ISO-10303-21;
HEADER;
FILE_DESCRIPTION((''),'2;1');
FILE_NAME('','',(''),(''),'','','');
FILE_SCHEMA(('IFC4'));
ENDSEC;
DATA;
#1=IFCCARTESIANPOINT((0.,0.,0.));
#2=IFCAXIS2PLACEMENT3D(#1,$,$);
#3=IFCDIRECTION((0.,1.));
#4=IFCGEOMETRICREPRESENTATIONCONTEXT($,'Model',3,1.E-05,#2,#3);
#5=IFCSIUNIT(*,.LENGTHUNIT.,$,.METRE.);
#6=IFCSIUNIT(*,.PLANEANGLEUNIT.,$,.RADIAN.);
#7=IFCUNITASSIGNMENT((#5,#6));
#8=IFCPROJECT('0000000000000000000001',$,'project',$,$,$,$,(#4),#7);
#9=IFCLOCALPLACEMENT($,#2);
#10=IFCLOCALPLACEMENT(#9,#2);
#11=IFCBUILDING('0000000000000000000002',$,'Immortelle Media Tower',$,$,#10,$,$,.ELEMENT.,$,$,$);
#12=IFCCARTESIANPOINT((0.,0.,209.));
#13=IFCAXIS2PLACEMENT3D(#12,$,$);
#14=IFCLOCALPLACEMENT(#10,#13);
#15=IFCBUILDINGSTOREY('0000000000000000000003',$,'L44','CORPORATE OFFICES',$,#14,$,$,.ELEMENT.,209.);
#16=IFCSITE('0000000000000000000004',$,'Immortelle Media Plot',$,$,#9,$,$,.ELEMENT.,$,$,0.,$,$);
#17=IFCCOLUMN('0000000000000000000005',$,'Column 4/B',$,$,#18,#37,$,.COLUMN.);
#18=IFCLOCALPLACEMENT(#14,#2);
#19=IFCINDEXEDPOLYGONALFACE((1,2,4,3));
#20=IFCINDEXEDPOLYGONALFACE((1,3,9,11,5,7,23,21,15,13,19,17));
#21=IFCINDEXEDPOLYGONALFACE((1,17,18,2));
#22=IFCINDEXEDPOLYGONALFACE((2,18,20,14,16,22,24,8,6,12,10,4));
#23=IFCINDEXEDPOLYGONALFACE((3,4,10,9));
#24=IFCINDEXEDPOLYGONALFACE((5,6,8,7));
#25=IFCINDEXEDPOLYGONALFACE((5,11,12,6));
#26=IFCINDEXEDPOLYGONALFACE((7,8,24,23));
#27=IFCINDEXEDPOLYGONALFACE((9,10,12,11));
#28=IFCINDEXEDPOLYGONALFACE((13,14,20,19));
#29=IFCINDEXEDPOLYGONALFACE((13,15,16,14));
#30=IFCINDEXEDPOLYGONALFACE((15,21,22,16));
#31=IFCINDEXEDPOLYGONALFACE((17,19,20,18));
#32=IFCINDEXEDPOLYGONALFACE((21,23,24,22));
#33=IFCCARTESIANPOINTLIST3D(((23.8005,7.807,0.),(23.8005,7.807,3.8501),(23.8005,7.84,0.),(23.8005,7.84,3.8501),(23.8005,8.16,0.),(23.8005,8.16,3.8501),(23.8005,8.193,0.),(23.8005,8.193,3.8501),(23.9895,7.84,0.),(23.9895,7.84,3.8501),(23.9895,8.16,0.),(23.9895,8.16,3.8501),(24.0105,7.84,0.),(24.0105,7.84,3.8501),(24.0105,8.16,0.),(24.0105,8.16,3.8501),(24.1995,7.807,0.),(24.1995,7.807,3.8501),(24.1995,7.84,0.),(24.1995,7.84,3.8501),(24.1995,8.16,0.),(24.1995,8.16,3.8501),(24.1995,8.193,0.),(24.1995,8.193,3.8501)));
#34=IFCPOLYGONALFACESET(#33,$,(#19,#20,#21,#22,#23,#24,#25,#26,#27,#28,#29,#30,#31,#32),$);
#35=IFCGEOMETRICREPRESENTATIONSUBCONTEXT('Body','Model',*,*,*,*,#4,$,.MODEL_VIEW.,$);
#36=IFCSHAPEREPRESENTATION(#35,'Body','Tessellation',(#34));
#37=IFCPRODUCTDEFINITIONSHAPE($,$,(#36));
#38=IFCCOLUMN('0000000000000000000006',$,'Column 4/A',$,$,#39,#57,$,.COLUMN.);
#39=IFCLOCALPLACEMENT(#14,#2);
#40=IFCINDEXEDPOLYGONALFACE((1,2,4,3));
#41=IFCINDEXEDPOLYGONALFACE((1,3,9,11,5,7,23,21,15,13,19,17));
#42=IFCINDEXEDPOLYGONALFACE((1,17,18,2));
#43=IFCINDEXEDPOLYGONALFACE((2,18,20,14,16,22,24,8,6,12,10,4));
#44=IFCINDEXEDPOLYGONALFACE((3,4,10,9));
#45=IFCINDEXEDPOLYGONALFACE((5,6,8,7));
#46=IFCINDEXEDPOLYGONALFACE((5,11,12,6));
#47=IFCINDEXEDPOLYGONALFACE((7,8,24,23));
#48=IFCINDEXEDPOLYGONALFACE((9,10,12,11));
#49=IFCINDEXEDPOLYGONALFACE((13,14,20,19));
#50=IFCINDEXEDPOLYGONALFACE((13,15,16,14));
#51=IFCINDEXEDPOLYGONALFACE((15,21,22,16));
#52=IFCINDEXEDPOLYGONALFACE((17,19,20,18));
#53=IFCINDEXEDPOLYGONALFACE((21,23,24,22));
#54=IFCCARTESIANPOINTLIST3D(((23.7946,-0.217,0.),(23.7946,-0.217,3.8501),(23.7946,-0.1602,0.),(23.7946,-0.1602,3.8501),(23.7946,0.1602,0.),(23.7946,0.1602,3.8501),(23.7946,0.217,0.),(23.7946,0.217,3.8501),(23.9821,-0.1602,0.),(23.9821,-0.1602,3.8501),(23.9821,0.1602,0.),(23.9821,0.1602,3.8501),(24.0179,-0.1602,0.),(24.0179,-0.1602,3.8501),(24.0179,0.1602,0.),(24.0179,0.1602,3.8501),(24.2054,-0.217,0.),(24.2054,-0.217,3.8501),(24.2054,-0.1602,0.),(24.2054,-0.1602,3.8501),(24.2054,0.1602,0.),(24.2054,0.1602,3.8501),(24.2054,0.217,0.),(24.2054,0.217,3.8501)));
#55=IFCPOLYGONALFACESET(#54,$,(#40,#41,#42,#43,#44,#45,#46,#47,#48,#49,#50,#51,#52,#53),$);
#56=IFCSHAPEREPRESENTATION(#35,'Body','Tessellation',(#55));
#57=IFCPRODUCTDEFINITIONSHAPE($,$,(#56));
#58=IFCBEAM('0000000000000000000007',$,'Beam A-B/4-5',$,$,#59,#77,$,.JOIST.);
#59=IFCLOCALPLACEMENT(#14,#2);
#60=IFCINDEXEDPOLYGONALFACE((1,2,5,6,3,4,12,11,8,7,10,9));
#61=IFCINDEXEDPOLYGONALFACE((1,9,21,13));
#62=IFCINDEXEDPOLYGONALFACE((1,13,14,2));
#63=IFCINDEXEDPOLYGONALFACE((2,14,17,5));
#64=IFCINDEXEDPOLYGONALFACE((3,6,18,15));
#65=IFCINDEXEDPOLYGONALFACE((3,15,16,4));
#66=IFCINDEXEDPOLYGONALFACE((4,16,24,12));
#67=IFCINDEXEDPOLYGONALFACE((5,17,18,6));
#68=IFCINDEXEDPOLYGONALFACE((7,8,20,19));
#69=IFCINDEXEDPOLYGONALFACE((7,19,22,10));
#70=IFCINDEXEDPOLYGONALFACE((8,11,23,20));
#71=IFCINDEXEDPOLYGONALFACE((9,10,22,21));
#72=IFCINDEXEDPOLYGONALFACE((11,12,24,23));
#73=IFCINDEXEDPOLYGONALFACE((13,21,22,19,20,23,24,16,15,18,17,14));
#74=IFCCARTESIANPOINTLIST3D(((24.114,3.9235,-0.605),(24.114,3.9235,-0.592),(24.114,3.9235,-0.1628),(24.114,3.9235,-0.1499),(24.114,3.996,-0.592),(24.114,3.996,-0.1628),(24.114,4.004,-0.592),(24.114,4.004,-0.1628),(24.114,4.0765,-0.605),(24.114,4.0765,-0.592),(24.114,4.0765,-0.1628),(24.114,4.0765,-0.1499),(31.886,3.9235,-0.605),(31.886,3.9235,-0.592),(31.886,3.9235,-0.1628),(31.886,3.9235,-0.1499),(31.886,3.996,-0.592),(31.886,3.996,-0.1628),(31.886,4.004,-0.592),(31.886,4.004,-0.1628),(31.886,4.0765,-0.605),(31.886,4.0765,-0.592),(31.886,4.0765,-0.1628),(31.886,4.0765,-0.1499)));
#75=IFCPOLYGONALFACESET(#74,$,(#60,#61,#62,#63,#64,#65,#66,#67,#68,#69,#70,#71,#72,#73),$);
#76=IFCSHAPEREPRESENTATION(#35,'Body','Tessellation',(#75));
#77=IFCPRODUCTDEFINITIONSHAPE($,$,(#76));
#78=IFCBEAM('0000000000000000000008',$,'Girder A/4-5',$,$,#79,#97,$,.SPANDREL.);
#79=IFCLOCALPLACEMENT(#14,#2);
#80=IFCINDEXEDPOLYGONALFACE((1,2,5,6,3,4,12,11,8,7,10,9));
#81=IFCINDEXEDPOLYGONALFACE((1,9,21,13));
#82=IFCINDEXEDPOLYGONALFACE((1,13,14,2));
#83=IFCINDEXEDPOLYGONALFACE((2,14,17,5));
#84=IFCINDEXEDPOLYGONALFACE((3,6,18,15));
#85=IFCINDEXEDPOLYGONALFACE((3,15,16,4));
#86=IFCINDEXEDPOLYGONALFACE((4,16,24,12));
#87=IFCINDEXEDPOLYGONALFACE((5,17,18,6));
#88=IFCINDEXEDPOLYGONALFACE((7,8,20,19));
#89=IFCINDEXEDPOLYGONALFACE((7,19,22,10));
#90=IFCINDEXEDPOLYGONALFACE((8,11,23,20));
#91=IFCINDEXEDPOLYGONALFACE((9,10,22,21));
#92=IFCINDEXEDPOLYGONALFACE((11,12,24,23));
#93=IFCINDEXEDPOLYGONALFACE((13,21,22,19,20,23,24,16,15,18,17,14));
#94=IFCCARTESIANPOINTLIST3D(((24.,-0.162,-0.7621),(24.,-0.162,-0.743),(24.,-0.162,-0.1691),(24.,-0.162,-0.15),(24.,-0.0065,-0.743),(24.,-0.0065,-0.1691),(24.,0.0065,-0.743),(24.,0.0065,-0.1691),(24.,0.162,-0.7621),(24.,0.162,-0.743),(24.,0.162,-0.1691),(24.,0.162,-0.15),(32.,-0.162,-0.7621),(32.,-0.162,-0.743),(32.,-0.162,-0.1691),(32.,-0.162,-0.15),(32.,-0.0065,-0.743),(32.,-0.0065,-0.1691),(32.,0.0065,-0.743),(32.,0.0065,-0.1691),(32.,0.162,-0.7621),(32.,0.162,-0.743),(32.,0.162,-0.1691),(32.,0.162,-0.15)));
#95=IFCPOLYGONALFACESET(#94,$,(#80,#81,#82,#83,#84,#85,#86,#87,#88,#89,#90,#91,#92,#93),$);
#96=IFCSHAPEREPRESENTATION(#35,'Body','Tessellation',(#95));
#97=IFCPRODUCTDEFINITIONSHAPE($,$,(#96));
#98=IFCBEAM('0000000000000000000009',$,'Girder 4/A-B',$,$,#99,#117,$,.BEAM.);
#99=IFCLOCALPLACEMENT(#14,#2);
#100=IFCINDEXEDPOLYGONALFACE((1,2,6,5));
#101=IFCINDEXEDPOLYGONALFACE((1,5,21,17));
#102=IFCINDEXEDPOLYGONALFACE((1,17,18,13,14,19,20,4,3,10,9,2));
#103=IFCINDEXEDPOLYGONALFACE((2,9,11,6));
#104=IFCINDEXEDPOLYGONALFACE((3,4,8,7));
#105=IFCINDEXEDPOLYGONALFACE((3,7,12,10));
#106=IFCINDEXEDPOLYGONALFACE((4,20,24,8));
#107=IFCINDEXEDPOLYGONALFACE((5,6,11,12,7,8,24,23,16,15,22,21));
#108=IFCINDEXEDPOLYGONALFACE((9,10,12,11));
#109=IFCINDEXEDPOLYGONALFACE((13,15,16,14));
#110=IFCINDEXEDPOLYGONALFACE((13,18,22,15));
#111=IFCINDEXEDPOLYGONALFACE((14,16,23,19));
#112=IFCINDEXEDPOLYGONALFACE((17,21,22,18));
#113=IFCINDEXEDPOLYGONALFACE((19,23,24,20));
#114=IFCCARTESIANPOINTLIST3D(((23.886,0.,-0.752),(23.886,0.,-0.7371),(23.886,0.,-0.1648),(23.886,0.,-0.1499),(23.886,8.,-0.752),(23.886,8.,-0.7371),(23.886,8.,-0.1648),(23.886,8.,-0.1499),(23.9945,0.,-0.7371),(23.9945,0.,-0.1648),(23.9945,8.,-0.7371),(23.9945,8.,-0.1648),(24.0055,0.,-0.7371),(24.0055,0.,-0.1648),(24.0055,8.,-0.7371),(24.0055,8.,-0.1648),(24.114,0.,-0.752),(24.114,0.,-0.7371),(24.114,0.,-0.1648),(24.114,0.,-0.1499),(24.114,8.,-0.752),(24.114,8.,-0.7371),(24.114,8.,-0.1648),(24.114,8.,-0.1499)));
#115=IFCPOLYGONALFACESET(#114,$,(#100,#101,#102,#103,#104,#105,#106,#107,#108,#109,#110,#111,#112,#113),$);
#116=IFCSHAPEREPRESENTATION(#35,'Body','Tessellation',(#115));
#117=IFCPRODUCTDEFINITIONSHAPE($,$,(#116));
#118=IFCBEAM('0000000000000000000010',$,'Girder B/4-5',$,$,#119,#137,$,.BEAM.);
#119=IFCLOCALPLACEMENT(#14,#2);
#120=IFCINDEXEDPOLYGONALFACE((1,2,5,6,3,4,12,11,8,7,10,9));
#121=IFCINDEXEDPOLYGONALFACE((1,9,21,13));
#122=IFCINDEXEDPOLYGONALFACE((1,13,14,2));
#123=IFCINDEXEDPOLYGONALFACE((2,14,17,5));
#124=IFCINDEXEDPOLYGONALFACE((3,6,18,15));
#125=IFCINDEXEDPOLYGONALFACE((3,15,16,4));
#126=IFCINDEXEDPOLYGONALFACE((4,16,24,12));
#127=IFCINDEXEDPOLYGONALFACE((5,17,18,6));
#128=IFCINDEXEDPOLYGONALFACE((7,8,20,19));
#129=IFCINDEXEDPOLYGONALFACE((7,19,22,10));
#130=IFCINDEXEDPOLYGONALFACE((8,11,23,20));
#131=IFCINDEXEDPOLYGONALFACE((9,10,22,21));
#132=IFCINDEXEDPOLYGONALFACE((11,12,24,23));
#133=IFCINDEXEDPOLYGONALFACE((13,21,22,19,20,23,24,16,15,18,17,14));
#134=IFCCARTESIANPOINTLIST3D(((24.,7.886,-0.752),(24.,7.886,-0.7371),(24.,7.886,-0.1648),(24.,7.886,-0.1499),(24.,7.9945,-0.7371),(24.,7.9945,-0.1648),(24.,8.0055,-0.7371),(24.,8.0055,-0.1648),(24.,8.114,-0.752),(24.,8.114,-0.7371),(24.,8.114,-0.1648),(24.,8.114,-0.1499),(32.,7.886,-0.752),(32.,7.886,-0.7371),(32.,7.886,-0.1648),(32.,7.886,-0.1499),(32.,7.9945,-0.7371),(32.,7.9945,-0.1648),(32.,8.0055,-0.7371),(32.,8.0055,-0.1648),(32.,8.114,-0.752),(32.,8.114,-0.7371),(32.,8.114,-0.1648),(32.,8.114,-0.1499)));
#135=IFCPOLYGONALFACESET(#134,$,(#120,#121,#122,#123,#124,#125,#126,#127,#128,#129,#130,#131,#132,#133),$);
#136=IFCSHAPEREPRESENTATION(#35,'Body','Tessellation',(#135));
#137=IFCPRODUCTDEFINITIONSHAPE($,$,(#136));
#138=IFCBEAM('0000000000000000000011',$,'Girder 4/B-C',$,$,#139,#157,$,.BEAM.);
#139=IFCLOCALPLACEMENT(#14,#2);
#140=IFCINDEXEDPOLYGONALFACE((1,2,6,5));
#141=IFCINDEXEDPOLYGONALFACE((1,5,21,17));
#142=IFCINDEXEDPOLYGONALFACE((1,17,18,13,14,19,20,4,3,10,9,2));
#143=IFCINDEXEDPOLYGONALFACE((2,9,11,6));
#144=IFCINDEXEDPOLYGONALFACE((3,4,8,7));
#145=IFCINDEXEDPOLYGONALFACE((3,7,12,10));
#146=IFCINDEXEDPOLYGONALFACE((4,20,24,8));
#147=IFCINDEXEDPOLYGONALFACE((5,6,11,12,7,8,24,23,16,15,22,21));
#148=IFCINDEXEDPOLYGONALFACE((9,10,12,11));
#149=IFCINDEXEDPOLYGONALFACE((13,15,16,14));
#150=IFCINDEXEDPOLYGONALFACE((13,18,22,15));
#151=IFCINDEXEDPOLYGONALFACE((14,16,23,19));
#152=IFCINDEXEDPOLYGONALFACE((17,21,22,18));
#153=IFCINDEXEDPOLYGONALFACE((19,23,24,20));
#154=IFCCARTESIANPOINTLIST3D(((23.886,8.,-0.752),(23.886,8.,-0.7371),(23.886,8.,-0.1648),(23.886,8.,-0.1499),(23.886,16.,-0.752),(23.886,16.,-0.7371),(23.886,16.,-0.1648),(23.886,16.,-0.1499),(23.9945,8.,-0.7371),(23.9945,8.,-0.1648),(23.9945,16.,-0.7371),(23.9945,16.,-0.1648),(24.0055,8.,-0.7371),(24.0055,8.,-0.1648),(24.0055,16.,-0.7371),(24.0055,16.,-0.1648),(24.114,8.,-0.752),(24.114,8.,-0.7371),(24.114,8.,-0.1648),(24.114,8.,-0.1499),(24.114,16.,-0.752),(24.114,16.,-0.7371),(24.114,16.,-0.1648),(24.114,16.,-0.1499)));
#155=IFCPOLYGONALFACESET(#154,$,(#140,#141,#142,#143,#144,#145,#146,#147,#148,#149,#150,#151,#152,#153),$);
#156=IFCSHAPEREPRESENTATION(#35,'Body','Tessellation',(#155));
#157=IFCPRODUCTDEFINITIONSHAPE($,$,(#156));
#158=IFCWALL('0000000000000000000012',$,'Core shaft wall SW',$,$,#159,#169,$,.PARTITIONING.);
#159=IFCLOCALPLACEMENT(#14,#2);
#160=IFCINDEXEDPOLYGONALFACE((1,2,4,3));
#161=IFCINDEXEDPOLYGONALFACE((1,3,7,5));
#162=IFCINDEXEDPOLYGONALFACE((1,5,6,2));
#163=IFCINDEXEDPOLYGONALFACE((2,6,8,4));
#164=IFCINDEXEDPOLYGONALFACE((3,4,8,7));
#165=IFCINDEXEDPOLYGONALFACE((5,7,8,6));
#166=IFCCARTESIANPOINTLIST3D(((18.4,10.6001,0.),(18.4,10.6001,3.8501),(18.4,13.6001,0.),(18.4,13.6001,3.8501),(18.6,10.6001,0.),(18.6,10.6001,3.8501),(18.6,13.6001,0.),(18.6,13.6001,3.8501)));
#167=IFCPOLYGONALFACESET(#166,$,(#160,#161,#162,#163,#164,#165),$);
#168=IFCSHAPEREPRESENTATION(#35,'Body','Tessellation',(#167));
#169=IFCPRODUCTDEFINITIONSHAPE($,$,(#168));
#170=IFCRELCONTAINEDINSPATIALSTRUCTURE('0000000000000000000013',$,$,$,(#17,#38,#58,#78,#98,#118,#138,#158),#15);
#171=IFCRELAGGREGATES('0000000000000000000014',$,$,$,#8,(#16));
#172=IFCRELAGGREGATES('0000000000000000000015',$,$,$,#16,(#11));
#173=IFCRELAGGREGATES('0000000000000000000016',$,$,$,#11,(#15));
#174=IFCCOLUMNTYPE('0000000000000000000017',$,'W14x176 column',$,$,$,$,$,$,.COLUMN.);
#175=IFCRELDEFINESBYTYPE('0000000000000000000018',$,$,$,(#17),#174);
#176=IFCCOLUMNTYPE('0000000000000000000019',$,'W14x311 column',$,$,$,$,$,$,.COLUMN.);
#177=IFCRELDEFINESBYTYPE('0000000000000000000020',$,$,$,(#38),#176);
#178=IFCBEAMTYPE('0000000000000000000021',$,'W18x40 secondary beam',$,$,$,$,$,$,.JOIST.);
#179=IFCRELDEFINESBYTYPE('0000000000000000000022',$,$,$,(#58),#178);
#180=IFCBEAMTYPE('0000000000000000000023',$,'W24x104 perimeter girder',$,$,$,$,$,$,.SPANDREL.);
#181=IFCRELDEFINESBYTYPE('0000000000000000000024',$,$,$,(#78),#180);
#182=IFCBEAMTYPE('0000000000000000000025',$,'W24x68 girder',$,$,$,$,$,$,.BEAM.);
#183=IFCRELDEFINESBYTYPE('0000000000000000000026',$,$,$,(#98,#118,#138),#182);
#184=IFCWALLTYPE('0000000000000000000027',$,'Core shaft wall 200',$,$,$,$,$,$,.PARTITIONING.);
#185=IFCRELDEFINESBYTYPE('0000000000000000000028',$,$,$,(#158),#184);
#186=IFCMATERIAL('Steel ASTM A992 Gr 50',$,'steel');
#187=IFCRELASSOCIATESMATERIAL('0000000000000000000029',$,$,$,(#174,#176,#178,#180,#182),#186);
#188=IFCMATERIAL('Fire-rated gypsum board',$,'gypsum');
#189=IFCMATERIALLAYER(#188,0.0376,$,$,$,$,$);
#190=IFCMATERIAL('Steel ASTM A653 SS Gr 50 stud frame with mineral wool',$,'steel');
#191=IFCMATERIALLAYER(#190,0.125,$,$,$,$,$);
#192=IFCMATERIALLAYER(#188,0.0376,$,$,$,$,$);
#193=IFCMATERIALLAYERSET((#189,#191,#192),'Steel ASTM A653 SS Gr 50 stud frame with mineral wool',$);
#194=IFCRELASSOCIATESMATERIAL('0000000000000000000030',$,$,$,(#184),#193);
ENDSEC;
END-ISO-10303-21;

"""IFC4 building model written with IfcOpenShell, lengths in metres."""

from ifc_helpers import new_model, si_unit, direction, frame, frame_2d, origin, origin_2d, place, context, subcontext, project, spatial, rectangle, i_section, extrude, material, layer, layer_set, material_profile, profile_set, type_object, element, save


model = new_model("IFC4")

# Units and contexts
model_context = context("Model", 3, precision=1e-05, world=origin(), true_north=direction((0.0, 1.0)))
body_context = subcontext(model_context, "Body", "Model", "MODEL_VIEW")
ifc_project = project(units=[si_unit("LENGTHUNIT", "METRE"), si_unit("PLANEANGLEUNIT", "RADIAN")], contexts=[model_context])

# Site, building, storey
site_placement = place(None, origin())
site = spatial("IfcSite", under=ifc_project, at=site_placement, Name="Immortelle Media Plot", CompositionType="ELEMENT", RefElevation=0.0)
building_placement = place(site_placement, origin())
building = spatial("IfcBuilding", under=site, at=building_placement, Name="Immortelle Media Tower", CompositionType="ELEMENT")
storey_placement = place(building_placement, frame((0.0, 0.0, 209.0)))
storey = spatial("IfcBuildingStorey", under=building, at=storey_placement, Name="L44", Description="CORPORATE OFFICES", CompositionType="ELEMENT", Elevation=209.0)

# Columns
ifc_material_1 = material(Name="Steel ASTM A992 Gr 50", Category="steel")
ifc_material_profile_1 = material_profile(ifc_material_1, i_section(OverallWidth=0.3989, OverallDepth=0.386, WebThickness=0.021, FlangeThickness=0.033, at=origin_2d()), Name="W14x176")
ifc_profile_set_1 = profile_set([ifc_material_profile_1], Name="Steel ASTM A992 Gr 50")
column_type_1 = type_object("IfcColumnType", Name="W14x176 column", PredefinedType="COLUMN", material=ifc_profile_set_1)
column_1_placement = place(storey_placement, frame((24.0, 8.0, 0.0), z_axis=(0.0, 0.0, 1.0), x_axis=(1.0, 0.0, 0.0)))
element("IfcColumn", 1, at=column_1_placement, inside=storey, type_object=column_type_1, Name="Column 4/B", PredefinedType="COLUMN", context=body_context, shape_type="SweptSolid", body=[
    extrude(i_section(OverallWidth=0.3989, OverallDepth=0.386, WebThickness=0.021, FlangeThickness=0.033, at=origin_2d()), origin(), (0.0, 0.0, 1.0), 3.8501),
])
ifc_material_profile_2 = material_profile(ifc_material_1, i_section(OverallWidth=0.4109, OverallDepth=0.4341, WebThickness=0.0359, FlangeThickness=0.0569, at=origin_2d()), Name="W14x311")
ifc_profile_set_2 = profile_set([ifc_material_profile_2], Name="Steel ASTM A992 Gr 50")
column_type_2 = type_object("IfcColumnType", Name="W14x311 column", PredefinedType="COLUMN", material=ifc_profile_set_2)
column_2_placement = place(storey_placement, frame((24.0, 0.0, 0.0), z_axis=(0.0, 0.0, 1.0), x_axis=(1.0, 0.0, 0.0)))
element("IfcColumn", 2, at=column_2_placement, inside=storey, type_object=column_type_2, Name="Column 4/A", PredefinedType="COLUMN", context=body_context, shape_type="SweptSolid", body=[
    extrude(i_section(OverallWidth=0.4109, OverallDepth=0.4341, WebThickness=0.0359, FlangeThickness=0.0569, at=origin_2d()), origin(), (0.0, 0.0, 1.0), 3.8501),
])

# Beams
ifc_material_profile_3 = material_profile(ifc_material_1, i_section(OverallWidth=0.1531, OverallDepth=0.4551, WebThickness=0.0081, FlangeThickness=0.0129, at=origin_2d()), Name="W18x40")
ifc_profile_set_3 = profile_set([ifc_material_profile_3], Name="Steel ASTM A992 Gr 50")
beam_type_1 = type_object("IfcBeamType", Name="W18x40 secondary beam", PredefinedType="JOIST", material=ifc_profile_set_3)
beam_1_placement = place(storey_placement, frame((24.114, 4.0, -0.3774), z_axis=(1.0, 0.0, 0.0), x_axis=(0.0, 1.0, 0.0)))
element("IfcBeam", 3, at=beam_1_placement, inside=storey, type_object=beam_type_1, Name="Beam A-B/4-5", PredefinedType="JOIST", context=body_context, shape_type="SweptSolid", body=[
    extrude(i_section(OverallWidth=0.1531, OverallDepth=0.4551, WebThickness=0.0081, FlangeThickness=0.0129, at=origin_2d()), origin(), (0.0, 0.0, 1.0), 7.772),
])
ifc_material_profile_4 = material_profile(ifc_material_1, i_section(OverallWidth=0.324, OverallDepth=0.6121, WebThickness=0.0129, FlangeThickness=0.019, at=origin_2d()), Name="W24x104")
ifc_profile_set_4 = profile_set([ifc_material_profile_4], Name="Steel ASTM A992 Gr 50")
beam_type_2 = type_object("IfcBeamType", Name="W24x104 perimeter girder", PredefinedType="SPANDREL", material=ifc_profile_set_4)
beam_2_placement = place(storey_placement, frame((24.0, 0.0, -0.4561), z_axis=(1.0, 0.0, 0.0), x_axis=(0.0, 1.0, 0.0)))
element("IfcBeam", 4, at=beam_2_placement, inside=storey, type_object=beam_type_2, Name="Girder A/4-5", PredefinedType="SPANDREL", context=body_context, shape_type="SweptSolid", body=[
    extrude(i_section(OverallWidth=0.324, OverallDepth=0.6121, WebThickness=0.0129, FlangeThickness=0.019, at=origin_2d()), origin(), (0.0, 0.0, 1.0), 8.0),
])
ifc_material_profile_5 = material_profile(ifc_material_1, i_section(OverallWidth=0.228, OverallDepth=0.6021, WebThickness=0.011, FlangeThickness=0.0149, at=origin_2d()), Name="W24x68")
ifc_profile_set_5 = profile_set([ifc_material_profile_5], Name="Steel ASTM A992 Gr 50")
beam_type_3 = type_object("IfcBeamType", Name="W24x68 girder", PredefinedType="BEAM", material=ifc_profile_set_5)
for number, where, z_axis, x_axis, name in (
    (5, (24.0, 0.0, -0.4509), (0.0, 1.0, 0.0), (-1.0, 0.0, 0.0), "Girder 4/A-B"),
    (6, (24.0, 8.0, -0.4509), (1.0, 0.0, 0.0), (0.0, 1.0, 0.0), "Girder B/4-5"),
    (7, (24.0, 8.0, -0.4509), (0.0, 1.0, 0.0), (-1.0, 0.0, 0.0), "Girder 4/B-C"),
):
    element("IfcBeam", number, at=place(storey_placement, frame(where, z_axis=z_axis, x_axis=x_axis)), inside=storey, type_object=beam_type_3, Name=name, PredefinedType="BEAM", context=body_context, shape_type="SweptSolid", body=[
        extrude(i_section(OverallWidth=0.228, OverallDepth=0.6021, WebThickness=0.011, FlangeThickness=0.0149, at=origin_2d()), origin(), (0.0, 0.0, 1.0), 8.0),
    ])

# Wall
ifc_material_2 = material(Name="Fire-rated gypsum board", Category="gypsum")
ifc_layer_1 = layer(ifc_material_2, 0.0376)
ifc_material_3 = material(Name="Steel ASTM A653 SS Gr 50 stud frame with mineral wool", Category="steel")
ifc_layer_2 = layer(ifc_material_3, 0.125)
ifc_layer_3 = layer(ifc_material_2, 0.0376)
ifc_layer_set_1 = layer_set([ifc_layer_1, ifc_layer_2, ifc_layer_3], Name="Steel ASTM A653 SS Gr 50 stud frame with mineral wool")
wall_type_1 = type_object("IfcWallType", Name="Core shaft wall 200", PredefinedType="PARTITIONING", material=ifc_layer_set_1)
wall_1_placement = place(storey_placement, frame((18.5, 10.6001, 0.0), z_axis=(0.0, 0.0, 1.0), x_axis=(0.0, 1.0, 0.0)))
element("IfcWall", 8, at=wall_1_placement, inside=storey, type_object=wall_type_1, Name="Core shaft wall SW", PredefinedType="PARTITIONING", context=body_context, shape_type="SweptSolid", body=[
    extrude(rectangle(XDim=3.0, YDim=0.2, at=frame_2d((1.5, 0.0))), origin(), (0.0, 0.0, 1.0), 3.8501),
])

save(model, "model.ifc")
